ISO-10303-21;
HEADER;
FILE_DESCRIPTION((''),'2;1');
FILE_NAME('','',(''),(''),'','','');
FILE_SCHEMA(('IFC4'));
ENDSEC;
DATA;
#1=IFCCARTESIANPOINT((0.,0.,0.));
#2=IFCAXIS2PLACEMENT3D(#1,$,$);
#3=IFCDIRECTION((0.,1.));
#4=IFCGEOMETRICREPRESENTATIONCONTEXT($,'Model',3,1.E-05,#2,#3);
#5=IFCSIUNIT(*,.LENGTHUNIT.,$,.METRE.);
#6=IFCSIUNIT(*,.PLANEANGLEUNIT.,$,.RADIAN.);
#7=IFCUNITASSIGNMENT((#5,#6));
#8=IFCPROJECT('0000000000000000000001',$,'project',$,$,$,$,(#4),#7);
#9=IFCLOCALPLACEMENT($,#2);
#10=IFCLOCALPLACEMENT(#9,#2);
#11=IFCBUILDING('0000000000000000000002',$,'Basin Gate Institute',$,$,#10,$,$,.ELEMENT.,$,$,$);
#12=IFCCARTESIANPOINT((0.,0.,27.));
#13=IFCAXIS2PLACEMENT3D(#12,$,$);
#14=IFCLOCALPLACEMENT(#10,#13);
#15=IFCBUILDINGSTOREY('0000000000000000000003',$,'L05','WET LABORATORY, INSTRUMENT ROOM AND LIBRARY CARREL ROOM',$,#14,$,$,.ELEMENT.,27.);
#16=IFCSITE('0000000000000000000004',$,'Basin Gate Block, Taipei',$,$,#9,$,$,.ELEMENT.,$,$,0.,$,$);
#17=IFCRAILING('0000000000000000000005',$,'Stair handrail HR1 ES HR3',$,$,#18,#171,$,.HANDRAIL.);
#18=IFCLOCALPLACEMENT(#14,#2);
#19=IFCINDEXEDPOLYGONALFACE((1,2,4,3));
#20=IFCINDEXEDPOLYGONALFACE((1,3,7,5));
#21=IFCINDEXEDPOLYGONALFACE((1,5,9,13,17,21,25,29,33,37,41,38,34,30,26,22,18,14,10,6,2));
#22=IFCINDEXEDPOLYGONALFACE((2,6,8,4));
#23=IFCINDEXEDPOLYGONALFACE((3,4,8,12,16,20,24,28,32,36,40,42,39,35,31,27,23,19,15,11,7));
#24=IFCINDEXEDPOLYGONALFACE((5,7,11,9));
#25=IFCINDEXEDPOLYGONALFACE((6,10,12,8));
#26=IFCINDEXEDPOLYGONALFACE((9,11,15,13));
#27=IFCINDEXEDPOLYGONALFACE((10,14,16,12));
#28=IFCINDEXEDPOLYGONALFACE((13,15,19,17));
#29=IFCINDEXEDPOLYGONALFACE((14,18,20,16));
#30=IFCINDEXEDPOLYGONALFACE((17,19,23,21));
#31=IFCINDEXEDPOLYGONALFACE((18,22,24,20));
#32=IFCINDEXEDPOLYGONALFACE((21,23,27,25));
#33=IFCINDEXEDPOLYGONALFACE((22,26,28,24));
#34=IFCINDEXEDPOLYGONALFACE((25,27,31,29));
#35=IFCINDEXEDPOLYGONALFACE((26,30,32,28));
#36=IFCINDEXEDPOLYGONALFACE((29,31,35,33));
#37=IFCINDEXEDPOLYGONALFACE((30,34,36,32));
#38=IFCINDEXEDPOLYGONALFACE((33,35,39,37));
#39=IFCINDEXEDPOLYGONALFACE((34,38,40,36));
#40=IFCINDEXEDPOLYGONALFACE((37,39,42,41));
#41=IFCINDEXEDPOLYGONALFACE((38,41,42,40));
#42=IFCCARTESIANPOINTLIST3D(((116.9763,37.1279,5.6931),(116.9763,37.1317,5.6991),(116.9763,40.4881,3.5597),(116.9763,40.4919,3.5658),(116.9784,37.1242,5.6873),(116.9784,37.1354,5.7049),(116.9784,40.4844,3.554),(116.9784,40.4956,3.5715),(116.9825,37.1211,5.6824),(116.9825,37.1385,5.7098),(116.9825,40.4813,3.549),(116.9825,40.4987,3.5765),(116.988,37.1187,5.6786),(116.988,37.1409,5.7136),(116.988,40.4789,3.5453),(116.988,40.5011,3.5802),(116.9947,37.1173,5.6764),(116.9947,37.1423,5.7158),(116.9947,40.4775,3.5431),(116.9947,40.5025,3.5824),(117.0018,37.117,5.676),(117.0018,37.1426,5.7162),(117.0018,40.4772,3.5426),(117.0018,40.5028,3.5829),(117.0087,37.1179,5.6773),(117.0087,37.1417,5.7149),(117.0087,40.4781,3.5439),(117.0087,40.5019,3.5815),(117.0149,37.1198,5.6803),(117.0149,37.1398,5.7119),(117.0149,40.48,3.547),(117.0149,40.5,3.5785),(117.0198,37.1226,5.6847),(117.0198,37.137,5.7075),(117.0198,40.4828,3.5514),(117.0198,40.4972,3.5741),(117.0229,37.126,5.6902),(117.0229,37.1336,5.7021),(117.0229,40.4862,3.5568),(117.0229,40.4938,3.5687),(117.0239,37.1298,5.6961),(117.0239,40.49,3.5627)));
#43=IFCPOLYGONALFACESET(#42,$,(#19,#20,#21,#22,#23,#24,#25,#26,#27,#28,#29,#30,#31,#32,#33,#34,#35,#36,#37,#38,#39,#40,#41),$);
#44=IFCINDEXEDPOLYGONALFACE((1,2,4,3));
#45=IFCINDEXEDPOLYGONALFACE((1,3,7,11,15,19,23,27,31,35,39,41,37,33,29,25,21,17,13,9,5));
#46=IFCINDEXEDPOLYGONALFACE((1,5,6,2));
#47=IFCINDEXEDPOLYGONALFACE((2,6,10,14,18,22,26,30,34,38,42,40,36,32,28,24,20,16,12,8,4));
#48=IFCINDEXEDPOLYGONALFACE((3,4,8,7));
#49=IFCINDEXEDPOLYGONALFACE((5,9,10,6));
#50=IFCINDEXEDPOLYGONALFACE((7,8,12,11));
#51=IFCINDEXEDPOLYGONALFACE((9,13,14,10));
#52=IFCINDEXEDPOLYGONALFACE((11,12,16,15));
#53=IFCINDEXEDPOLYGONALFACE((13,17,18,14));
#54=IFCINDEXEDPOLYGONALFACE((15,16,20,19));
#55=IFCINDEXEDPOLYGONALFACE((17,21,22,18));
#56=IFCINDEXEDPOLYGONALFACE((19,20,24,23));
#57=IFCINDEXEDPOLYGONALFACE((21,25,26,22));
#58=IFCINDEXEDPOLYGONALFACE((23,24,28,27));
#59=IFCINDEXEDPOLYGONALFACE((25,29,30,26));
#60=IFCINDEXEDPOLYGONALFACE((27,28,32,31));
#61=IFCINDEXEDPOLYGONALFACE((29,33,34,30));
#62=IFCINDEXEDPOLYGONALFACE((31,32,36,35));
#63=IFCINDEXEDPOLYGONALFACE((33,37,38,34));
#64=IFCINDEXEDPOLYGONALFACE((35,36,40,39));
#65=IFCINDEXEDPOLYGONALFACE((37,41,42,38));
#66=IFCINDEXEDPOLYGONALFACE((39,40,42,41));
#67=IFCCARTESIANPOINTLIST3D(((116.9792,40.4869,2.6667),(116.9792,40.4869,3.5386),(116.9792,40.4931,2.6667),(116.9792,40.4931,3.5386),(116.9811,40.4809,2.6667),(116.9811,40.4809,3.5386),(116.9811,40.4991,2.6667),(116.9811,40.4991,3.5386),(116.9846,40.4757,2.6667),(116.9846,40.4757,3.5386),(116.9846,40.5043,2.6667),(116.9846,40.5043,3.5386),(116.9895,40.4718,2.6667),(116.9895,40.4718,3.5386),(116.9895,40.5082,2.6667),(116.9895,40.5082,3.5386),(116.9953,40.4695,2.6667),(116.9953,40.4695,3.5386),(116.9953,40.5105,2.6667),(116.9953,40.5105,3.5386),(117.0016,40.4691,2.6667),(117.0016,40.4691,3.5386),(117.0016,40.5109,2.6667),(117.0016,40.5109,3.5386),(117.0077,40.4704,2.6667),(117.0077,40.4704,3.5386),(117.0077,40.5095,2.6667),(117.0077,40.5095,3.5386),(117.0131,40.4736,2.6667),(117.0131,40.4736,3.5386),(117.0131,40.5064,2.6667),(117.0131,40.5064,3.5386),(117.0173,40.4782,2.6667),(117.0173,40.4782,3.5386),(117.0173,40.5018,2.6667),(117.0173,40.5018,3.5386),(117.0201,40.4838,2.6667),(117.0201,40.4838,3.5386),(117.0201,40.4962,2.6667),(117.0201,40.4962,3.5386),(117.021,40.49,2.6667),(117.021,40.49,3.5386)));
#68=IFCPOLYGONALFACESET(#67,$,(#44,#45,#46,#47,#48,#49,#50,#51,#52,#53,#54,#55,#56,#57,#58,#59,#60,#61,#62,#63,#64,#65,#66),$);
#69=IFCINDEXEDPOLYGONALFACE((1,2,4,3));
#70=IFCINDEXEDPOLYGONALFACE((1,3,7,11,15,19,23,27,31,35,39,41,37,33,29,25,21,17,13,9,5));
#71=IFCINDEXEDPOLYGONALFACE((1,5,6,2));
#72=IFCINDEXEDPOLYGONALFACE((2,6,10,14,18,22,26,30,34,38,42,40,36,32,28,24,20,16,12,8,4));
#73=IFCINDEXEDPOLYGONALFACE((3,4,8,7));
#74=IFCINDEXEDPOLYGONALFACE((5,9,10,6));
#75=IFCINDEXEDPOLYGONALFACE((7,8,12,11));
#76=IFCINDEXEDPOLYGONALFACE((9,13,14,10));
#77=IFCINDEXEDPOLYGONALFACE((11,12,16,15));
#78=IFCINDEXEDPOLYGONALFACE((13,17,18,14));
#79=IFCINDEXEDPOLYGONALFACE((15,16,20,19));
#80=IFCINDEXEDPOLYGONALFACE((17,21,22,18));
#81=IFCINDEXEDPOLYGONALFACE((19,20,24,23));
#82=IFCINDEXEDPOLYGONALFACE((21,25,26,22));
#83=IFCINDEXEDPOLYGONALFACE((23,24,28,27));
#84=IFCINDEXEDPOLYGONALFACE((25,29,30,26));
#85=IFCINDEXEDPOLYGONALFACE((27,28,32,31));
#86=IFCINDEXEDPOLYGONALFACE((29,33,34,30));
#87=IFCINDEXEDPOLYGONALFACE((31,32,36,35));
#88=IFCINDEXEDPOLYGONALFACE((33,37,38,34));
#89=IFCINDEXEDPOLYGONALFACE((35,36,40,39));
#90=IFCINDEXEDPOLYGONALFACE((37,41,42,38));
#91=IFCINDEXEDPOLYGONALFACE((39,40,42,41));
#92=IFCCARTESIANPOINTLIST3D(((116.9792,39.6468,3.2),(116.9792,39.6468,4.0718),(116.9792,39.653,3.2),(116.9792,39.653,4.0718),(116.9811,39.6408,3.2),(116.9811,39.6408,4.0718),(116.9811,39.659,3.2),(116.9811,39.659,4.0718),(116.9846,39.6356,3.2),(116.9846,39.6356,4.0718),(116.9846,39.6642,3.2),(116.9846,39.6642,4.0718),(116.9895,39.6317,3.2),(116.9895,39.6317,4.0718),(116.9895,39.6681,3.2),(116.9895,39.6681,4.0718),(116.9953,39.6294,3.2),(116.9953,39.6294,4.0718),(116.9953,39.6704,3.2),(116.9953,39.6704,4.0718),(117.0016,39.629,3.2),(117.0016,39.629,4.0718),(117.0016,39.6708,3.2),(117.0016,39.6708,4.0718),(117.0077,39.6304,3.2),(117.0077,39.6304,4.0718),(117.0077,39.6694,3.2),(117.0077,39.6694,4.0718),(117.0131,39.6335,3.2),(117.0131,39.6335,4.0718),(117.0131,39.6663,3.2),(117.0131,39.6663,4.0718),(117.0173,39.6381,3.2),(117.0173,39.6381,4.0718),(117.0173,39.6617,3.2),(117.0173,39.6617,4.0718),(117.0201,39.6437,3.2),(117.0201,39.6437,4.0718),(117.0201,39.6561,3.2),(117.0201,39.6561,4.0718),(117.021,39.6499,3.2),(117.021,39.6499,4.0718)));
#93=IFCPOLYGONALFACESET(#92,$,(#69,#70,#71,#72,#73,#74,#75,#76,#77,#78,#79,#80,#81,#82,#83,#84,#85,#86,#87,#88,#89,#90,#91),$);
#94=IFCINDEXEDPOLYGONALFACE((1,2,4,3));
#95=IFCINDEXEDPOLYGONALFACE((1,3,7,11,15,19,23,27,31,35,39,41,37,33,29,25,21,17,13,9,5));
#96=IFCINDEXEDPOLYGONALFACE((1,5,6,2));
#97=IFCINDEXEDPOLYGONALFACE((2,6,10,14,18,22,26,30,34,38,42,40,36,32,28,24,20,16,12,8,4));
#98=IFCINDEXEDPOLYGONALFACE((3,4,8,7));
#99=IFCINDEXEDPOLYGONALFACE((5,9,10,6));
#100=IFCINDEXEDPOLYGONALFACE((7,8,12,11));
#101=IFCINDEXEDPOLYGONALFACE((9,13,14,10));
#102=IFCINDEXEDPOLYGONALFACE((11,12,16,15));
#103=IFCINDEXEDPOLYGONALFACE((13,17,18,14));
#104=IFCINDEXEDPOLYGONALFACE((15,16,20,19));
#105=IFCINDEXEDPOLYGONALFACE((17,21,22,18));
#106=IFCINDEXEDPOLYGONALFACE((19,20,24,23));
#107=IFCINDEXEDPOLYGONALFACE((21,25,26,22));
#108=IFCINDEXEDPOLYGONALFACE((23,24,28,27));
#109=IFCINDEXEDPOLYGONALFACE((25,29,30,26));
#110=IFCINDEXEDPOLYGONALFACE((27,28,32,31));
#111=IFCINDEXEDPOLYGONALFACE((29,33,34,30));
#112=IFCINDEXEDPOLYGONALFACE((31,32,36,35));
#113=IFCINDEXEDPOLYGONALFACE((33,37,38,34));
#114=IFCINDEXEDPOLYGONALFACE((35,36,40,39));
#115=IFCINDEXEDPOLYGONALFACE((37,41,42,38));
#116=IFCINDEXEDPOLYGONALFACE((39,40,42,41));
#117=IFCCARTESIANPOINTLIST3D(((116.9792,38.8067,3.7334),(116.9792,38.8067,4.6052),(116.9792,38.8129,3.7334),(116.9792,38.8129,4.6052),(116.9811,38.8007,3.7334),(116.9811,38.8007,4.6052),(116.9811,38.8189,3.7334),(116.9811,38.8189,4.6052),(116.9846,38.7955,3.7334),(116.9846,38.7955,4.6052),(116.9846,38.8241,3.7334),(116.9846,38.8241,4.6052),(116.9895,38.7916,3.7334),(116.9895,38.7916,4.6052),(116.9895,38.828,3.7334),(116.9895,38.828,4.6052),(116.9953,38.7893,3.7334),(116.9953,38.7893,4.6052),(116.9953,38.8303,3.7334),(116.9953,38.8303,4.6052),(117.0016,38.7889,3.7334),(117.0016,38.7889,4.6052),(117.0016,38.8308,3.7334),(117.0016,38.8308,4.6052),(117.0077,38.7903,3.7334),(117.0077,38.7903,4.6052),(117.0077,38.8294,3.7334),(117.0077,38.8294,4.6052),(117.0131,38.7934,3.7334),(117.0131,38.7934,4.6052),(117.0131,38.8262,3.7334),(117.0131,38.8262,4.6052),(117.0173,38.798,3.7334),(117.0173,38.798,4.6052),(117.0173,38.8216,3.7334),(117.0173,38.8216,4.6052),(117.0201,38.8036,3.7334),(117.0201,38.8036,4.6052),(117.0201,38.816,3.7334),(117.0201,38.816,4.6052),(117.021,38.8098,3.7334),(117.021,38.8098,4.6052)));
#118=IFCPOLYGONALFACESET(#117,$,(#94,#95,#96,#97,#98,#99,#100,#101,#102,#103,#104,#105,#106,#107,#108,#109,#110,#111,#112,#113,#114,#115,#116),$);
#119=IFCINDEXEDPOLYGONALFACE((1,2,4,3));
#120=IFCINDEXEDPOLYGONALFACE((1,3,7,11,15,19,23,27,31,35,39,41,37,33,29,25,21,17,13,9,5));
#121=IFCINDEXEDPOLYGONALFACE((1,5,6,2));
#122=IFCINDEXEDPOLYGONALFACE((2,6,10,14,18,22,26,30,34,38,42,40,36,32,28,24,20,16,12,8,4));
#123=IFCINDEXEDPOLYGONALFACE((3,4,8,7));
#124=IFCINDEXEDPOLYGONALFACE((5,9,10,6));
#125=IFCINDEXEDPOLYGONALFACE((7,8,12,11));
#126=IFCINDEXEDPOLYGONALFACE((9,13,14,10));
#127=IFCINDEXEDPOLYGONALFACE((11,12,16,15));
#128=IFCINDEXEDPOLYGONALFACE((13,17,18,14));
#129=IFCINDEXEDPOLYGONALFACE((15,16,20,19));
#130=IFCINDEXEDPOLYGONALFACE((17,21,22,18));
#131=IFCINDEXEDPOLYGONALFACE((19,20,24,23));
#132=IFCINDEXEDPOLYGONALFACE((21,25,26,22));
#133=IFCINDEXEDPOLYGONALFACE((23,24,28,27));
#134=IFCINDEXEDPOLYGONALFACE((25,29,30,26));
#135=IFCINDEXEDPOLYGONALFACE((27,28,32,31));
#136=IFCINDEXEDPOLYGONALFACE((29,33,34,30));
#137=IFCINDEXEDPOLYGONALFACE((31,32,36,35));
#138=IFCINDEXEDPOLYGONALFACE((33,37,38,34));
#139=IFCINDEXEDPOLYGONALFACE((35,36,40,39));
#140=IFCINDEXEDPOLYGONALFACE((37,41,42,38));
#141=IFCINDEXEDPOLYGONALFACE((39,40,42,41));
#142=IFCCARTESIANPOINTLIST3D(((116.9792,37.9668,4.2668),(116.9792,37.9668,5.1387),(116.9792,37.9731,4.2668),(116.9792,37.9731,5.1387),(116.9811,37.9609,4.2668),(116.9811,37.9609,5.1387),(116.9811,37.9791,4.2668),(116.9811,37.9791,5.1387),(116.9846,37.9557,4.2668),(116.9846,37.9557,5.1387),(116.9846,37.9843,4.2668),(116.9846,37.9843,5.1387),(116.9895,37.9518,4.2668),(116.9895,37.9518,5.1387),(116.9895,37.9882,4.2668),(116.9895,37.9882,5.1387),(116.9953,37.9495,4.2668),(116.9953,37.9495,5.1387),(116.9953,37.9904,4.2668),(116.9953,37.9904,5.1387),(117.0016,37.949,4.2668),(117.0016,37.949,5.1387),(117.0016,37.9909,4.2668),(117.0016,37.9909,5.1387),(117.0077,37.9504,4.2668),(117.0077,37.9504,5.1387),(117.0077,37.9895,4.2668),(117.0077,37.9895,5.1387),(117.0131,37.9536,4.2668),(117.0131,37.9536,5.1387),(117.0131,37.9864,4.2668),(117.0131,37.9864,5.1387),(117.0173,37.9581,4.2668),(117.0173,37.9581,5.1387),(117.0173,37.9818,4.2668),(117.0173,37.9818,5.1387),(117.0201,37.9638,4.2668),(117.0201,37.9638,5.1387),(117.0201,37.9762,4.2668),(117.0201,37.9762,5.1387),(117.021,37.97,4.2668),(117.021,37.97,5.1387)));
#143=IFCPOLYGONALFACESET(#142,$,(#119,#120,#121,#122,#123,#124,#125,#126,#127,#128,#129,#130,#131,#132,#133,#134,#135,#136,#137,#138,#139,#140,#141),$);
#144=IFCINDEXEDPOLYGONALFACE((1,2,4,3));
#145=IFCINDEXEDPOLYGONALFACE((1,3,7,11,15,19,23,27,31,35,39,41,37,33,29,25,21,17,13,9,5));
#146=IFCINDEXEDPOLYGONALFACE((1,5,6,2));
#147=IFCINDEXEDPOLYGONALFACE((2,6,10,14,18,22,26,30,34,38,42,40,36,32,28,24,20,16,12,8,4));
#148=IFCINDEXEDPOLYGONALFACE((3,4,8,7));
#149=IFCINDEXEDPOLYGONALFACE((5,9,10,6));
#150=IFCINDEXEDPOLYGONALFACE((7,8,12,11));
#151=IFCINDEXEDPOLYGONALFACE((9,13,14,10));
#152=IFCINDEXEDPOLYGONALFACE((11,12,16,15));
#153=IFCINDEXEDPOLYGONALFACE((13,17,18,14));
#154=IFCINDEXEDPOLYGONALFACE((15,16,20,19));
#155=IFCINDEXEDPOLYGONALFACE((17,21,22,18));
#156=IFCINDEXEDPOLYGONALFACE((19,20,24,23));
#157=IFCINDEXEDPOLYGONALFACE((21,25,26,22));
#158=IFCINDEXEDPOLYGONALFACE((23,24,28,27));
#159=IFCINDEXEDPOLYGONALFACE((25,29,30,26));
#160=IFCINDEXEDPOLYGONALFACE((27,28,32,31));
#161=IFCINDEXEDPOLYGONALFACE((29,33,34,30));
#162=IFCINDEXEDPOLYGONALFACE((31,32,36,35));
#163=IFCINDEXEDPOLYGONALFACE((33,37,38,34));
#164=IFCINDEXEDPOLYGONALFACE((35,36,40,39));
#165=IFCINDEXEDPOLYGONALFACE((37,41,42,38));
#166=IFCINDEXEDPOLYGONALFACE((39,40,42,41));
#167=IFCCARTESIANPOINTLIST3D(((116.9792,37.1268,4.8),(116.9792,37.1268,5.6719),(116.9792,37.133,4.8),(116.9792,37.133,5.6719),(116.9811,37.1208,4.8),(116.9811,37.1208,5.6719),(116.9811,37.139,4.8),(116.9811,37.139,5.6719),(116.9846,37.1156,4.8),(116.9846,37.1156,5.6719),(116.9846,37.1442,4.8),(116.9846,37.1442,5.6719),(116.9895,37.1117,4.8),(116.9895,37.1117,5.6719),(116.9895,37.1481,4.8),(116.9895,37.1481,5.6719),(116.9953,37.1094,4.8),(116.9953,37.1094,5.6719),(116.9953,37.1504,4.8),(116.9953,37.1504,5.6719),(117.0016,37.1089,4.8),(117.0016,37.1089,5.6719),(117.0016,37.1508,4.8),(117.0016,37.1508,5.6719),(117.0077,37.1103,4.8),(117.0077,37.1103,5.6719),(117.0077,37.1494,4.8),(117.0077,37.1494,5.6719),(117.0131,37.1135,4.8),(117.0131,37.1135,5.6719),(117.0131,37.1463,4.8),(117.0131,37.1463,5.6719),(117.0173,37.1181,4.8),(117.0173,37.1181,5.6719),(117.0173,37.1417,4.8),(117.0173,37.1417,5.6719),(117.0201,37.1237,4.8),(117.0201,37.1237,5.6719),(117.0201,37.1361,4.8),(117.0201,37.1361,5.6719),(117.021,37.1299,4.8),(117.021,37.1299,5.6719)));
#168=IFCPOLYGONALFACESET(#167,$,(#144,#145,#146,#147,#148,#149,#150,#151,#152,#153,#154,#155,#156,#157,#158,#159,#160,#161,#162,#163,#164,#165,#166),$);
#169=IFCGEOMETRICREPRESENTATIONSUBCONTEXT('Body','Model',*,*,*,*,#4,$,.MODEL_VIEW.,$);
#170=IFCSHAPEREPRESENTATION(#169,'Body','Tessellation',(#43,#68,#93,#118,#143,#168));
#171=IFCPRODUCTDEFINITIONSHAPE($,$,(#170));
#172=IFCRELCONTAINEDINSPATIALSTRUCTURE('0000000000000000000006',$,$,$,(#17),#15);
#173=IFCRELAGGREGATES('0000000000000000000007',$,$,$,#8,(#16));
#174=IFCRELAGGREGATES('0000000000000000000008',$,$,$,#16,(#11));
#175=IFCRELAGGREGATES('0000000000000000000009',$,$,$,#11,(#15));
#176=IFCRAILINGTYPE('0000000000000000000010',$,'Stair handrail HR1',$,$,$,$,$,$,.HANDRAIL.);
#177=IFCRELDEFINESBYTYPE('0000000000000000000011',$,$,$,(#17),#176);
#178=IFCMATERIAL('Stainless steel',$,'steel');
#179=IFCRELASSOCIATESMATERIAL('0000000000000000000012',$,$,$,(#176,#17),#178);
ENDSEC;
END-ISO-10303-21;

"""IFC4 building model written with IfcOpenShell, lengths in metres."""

from ifc_helpers import new_model, si_unit, direction, frame, origin, origin_2d, place, context, subcontext, project, spatial, circle, extrude, material, type_object, element, save


model = new_model("IFC4")

# Units and contexts
model_context = context("Model", 3, precision=1e-05, world=origin(), true_north=direction((0.0, 1.0)))
body_context = subcontext(model_context, "Body", "Model", "MODEL_VIEW")
ifc_project = project(units=[si_unit("LENGTHUNIT", "METRE"), si_unit("PLANEANGLEUNIT", "RADIAN")], contexts=[model_context])

# Site, building, storey
site_placement = place(None, origin())
site = spatial("IfcSite", under=ifc_project, at=site_placement, Name="Basin Gate Block, Taipei", CompositionType="ELEMENT", RefElevation=0.0)
building_placement = place(site_placement, origin())
building = spatial("IfcBuilding", under=site, at=building_placement, Name="Basin Gate Institute", CompositionType="ELEMENT")
storey_placement = place(building_placement, frame((0.0, 0.0, 27.0)))
storey = spatial("IfcBuildingStorey", under=building, at=storey_placement, Name="L05", Description="WET LABORATORY, INSTRUMENT ROOM AND LIBRARY CARREL ROOM", CompositionType="ELEMENT", Elevation=27.0)

# Railing
ifc_material_1 = material(Name="Stainless steel", Category="steel")
railing_type_1 = type_object("IfcRailingType", Name="Stair handrail HR1", PredefinedType="HANDRAIL", material=ifc_material_1)
railing_1_placement = place(storey_placement, frame((117.0, 40.49, 2.6667)))
element("IfcRailing", 1, at=railing_1_placement, inside=storey, type_object=railing_type_1, material=ifc_material_1, Name="Stair handrail HR1 ES HR3", PredefinedType="HANDRAIL", context=body_context, shape_type="SweptSolid", body=[
    extrude(circle(Radius=0.0239, at=origin_2d()), frame((0.0, 0.0, 0.896), z_axis=(0.0, -0.844224, 0.53599), x_axis=(1.0, 0.0, 0.0)), (0.0, 0.0, 1.0), 3.9802),
    extrude(circle(Radius=0.021, at=origin_2d()), origin(), (0.0, 0.0, 1.0), 0.8718),
    extrude(circle(Radius=0.021, at=origin_2d()), frame((0.0, -0.8401, 0.5332)), (0.0, 0.0, 1.0), 0.8718),
    extrude(circle(Radius=0.021, at=origin_2d()), frame((0.0, -1.6802, 1.0667)), (0.0, 0.0, 1.0), 0.8718),
    extrude(circle(Radius=0.021, at=origin_2d()), frame((0.0, -2.52, 1.6001)), (0.0, 0.0, 1.0), 0.8718),
    extrude(circle(Radius=0.021, at=origin_2d()), frame((0.0, -3.3601, 2.1333)), (0.0, 0.0, 1.0), 0.8718),
])

save(model, "model.ifc")
